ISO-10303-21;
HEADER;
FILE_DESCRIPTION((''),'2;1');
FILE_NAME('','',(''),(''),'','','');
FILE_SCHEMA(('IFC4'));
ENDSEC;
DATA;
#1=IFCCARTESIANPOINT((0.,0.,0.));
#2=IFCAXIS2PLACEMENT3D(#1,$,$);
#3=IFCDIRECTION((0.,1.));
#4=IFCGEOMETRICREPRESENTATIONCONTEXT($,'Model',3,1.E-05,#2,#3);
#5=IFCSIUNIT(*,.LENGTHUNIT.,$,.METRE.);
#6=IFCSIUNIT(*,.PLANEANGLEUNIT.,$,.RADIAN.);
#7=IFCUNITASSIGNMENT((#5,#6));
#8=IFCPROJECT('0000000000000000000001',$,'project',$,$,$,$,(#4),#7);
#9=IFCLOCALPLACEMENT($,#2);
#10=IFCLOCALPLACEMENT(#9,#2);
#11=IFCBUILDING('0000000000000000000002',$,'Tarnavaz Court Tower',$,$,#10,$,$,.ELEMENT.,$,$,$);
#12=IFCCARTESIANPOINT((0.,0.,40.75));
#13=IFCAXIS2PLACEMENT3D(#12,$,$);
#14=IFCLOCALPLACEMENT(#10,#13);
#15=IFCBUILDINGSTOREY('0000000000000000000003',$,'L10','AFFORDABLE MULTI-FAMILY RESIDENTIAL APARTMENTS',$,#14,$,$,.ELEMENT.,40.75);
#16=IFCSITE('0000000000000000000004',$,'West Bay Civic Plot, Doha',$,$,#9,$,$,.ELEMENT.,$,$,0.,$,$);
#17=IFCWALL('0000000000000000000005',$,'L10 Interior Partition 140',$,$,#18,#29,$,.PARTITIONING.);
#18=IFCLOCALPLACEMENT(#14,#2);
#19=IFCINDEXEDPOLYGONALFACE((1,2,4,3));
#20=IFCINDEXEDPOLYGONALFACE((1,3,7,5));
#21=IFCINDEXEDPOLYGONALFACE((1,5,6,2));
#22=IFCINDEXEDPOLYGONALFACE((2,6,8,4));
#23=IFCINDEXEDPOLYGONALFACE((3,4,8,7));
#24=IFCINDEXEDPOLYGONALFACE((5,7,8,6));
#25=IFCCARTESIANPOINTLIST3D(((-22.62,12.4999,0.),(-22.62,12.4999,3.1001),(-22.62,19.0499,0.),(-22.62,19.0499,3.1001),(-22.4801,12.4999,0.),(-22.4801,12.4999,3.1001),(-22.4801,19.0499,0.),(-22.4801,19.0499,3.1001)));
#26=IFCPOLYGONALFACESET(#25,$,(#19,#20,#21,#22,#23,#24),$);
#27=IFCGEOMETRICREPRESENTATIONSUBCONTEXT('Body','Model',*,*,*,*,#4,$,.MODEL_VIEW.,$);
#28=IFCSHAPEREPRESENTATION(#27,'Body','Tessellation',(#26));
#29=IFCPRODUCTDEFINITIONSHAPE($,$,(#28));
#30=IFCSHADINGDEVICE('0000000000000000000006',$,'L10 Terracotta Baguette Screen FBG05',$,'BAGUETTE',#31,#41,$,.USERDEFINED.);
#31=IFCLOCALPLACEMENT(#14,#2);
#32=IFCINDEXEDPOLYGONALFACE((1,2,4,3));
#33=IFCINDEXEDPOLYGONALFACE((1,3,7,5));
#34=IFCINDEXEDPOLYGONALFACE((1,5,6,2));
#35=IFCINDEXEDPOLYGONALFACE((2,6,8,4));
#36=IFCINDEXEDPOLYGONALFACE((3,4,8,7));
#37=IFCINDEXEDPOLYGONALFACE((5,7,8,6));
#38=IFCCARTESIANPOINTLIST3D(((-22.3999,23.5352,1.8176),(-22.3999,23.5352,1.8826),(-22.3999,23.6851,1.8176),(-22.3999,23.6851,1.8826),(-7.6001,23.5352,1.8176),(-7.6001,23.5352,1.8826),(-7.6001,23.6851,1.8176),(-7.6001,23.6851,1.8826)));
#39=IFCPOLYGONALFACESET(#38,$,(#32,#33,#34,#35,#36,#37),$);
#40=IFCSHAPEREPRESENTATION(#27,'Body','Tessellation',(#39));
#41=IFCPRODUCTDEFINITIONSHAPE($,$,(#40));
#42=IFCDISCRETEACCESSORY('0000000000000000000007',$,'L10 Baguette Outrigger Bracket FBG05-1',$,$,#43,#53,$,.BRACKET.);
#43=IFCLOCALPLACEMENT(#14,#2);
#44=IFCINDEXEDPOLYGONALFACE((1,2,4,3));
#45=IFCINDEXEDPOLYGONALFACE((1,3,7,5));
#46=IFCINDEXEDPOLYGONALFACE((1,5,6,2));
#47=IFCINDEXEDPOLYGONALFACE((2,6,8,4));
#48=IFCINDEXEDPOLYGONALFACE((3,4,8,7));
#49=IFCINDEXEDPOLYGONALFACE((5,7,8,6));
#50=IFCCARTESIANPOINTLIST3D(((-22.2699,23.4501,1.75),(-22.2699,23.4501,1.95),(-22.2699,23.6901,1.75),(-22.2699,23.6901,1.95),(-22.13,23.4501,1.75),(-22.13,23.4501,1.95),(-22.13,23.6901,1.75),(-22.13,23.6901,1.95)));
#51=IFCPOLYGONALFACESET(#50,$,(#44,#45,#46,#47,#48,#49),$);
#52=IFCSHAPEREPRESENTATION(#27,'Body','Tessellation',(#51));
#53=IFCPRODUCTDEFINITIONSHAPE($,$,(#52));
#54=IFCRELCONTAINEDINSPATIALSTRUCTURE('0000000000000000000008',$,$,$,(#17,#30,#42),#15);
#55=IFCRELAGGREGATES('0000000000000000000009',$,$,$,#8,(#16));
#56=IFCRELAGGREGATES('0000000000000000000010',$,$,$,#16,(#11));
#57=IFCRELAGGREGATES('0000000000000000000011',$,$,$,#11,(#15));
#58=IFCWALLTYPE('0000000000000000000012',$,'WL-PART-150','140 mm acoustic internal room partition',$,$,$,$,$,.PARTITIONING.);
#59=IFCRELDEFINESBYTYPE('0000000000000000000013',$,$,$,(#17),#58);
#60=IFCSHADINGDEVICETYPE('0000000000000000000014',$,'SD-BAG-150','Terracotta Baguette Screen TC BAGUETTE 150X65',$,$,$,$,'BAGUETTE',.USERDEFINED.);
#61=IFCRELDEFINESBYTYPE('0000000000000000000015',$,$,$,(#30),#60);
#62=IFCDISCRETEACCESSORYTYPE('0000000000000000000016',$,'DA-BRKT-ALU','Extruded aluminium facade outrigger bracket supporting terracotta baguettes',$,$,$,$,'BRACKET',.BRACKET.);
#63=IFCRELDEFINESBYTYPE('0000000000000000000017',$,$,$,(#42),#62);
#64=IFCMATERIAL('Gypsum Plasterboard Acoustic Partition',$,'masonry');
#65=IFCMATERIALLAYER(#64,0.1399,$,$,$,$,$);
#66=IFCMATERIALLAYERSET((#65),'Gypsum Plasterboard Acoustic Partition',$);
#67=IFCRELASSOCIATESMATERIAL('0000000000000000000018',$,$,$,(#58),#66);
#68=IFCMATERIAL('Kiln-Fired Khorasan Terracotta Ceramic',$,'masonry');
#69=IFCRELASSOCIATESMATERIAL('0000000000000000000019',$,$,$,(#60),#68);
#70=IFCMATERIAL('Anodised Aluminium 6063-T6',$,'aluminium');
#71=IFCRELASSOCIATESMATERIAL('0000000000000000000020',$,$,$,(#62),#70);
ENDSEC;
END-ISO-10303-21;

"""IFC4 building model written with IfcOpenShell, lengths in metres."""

from ifc_helpers import new_model, si_unit, direction, frame, frame_2d, origin, origin_2d, place, context, subcontext, project, spatial, rectangle, extrude, material, layer, layer_set, material_profile, profile_set, type_object, element, save


model = new_model("IFC4")

# Units and contexts
model_context = context("Model", 3, precision=1e-05, world=origin(), true_north=direction((0.0, 1.0)))
body_context = subcontext(model_context, "Body", "Model", "MODEL_VIEW")
ifc_project = project(units=[si_unit("LENGTHUNIT", "METRE"), si_unit("PLANEANGLEUNIT", "RADIAN")], contexts=[model_context])

# Site, building, storey
site_placement = place(None, origin())
site = spatial("IfcSite", under=ifc_project, at=site_placement, Name="West Bay Civic Plot, Doha", CompositionType="ELEMENT", RefElevation=0.0)
building_placement = place(site_placement, origin())
building = spatial("IfcBuilding", under=site, at=building_placement, Name="Tarnavaz Court Tower", CompositionType="ELEMENT")
storey_placement = place(building_placement, frame((0.0, 0.0, 40.75)))
storey = spatial("IfcBuildingStorey", under=building, at=storey_placement, Name="L10", Description="AFFORDABLE MULTI-FAMILY RESIDENTIAL APARTMENTS", CompositionType="ELEMENT", Elevation=40.75)

# Wall
ifc_material_1 = material(Name="Gypsum Plasterboard Acoustic Partition", Category="masonry")
ifc_layer_1 = layer(ifc_material_1, 0.1399)
ifc_layer_set_1 = layer_set([ifc_layer_1], Name="Gypsum Plasterboard Acoustic Partition")
wall_type_1 = type_object("IfcWallType", Name="WL-PART-150", Description="140 mm acoustic internal room partition", PredefinedType="PARTITIONING", material=ifc_layer_set_1)
wall_1_placement = place(storey_placement, frame((-22.55, 12.5, 0.0), z_axis=(0.0, 0.0, 1.0), x_axis=(0.0, 1.0, 0.0)))
element("IfcWall", 1, at=wall_1_placement, inside=storey, type_object=wall_type_1, Name="L10 Interior Partition 140", PredefinedType="PARTITIONING", context=body_context, shape_type="SweptSolid", body=[
    extrude(rectangle(XDim=6.55, YDim=0.1399, at=frame_2d((3.2749, 0.0))), origin(), (0.0, 0.0, 1.0), 3.1001),
])

# Shading device
ifc_material_2 = material(Name="Kiln-Fired Khorasan Terracotta Ceramic", Category="masonry")
ifc_material_profile_1 = material_profile(ifc_material_2, rectangle(XDim=0.1499, YDim=0.0649, at=origin_2d()), Name="TC BAGUETTE 150X65")
ifc_profile_set_1 = profile_set([ifc_material_profile_1], Name="Kiln-Fired Khorasan Terracotta Ceramic")
shading_device_type = type_object("IfcShadingDeviceType", Name="SD-BAG-150", Description="Terracotta Baguette Screen TC BAGUETTE 150X65", ElementType="BAGUETTE", PredefinedType="USERDEFINED", material=ifc_profile_set_1)
shading_device_placement = place(storey_placement, frame((-22.3999, 23.6101, 1.8501), z_axis=(1.0, 0.0, 0.0), x_axis=(0.0, 1.0, 0.0)))
element("IfcShadingDevice", 2, at=shading_device_placement, inside=storey, type_object=shading_device_type, Name="L10 Terracotta Baguette Screen FBG05", ObjectType="BAGUETTE", PredefinedType="USERDEFINED", context=body_context, shape_type="SweptSolid", body=[
    extrude(rectangle(XDim=0.1499, YDim=0.0649, at=origin_2d()), origin(), (0.0, 0.0, 1.0), 14.7998),
])

# Discrete accessory
ifc_material_3 = material(Name="Anodised Aluminium 6063-T6", Category="aluminium")
discrete_accessory_type = type_object("IfcDiscreteAccessoryType", Name="DA-BRKT-ALU", Description="Extruded aluminium facade outrigger bracket supporting terracotta baguettes", ElementType="BRACKET", PredefinedType="BRACKET", material=ifc_material_3)
discrete_accessory_placement = place(storey_placement, frame((-22.2, 23.5701, 1.75), z_axis=(0.0, 0.0, 1.0), x_axis=(1.0, 0.0, 0.0)))
element("IfcDiscreteAccessory", 3, at=discrete_accessory_placement, inside=storey, type_object=discrete_accessory_type, Name="L10 Baguette Outrigger Bracket FBG05-1", PredefinedType="BRACKET", context=body_context, shape_type="SweptSolid", body=[
    extrude(rectangle(XDim=0.1399, YDim=0.24, at=origin_2d()), origin(), (0.0, 0.0, 1.0), 0.2),
])

save(model, "model.ifc")
